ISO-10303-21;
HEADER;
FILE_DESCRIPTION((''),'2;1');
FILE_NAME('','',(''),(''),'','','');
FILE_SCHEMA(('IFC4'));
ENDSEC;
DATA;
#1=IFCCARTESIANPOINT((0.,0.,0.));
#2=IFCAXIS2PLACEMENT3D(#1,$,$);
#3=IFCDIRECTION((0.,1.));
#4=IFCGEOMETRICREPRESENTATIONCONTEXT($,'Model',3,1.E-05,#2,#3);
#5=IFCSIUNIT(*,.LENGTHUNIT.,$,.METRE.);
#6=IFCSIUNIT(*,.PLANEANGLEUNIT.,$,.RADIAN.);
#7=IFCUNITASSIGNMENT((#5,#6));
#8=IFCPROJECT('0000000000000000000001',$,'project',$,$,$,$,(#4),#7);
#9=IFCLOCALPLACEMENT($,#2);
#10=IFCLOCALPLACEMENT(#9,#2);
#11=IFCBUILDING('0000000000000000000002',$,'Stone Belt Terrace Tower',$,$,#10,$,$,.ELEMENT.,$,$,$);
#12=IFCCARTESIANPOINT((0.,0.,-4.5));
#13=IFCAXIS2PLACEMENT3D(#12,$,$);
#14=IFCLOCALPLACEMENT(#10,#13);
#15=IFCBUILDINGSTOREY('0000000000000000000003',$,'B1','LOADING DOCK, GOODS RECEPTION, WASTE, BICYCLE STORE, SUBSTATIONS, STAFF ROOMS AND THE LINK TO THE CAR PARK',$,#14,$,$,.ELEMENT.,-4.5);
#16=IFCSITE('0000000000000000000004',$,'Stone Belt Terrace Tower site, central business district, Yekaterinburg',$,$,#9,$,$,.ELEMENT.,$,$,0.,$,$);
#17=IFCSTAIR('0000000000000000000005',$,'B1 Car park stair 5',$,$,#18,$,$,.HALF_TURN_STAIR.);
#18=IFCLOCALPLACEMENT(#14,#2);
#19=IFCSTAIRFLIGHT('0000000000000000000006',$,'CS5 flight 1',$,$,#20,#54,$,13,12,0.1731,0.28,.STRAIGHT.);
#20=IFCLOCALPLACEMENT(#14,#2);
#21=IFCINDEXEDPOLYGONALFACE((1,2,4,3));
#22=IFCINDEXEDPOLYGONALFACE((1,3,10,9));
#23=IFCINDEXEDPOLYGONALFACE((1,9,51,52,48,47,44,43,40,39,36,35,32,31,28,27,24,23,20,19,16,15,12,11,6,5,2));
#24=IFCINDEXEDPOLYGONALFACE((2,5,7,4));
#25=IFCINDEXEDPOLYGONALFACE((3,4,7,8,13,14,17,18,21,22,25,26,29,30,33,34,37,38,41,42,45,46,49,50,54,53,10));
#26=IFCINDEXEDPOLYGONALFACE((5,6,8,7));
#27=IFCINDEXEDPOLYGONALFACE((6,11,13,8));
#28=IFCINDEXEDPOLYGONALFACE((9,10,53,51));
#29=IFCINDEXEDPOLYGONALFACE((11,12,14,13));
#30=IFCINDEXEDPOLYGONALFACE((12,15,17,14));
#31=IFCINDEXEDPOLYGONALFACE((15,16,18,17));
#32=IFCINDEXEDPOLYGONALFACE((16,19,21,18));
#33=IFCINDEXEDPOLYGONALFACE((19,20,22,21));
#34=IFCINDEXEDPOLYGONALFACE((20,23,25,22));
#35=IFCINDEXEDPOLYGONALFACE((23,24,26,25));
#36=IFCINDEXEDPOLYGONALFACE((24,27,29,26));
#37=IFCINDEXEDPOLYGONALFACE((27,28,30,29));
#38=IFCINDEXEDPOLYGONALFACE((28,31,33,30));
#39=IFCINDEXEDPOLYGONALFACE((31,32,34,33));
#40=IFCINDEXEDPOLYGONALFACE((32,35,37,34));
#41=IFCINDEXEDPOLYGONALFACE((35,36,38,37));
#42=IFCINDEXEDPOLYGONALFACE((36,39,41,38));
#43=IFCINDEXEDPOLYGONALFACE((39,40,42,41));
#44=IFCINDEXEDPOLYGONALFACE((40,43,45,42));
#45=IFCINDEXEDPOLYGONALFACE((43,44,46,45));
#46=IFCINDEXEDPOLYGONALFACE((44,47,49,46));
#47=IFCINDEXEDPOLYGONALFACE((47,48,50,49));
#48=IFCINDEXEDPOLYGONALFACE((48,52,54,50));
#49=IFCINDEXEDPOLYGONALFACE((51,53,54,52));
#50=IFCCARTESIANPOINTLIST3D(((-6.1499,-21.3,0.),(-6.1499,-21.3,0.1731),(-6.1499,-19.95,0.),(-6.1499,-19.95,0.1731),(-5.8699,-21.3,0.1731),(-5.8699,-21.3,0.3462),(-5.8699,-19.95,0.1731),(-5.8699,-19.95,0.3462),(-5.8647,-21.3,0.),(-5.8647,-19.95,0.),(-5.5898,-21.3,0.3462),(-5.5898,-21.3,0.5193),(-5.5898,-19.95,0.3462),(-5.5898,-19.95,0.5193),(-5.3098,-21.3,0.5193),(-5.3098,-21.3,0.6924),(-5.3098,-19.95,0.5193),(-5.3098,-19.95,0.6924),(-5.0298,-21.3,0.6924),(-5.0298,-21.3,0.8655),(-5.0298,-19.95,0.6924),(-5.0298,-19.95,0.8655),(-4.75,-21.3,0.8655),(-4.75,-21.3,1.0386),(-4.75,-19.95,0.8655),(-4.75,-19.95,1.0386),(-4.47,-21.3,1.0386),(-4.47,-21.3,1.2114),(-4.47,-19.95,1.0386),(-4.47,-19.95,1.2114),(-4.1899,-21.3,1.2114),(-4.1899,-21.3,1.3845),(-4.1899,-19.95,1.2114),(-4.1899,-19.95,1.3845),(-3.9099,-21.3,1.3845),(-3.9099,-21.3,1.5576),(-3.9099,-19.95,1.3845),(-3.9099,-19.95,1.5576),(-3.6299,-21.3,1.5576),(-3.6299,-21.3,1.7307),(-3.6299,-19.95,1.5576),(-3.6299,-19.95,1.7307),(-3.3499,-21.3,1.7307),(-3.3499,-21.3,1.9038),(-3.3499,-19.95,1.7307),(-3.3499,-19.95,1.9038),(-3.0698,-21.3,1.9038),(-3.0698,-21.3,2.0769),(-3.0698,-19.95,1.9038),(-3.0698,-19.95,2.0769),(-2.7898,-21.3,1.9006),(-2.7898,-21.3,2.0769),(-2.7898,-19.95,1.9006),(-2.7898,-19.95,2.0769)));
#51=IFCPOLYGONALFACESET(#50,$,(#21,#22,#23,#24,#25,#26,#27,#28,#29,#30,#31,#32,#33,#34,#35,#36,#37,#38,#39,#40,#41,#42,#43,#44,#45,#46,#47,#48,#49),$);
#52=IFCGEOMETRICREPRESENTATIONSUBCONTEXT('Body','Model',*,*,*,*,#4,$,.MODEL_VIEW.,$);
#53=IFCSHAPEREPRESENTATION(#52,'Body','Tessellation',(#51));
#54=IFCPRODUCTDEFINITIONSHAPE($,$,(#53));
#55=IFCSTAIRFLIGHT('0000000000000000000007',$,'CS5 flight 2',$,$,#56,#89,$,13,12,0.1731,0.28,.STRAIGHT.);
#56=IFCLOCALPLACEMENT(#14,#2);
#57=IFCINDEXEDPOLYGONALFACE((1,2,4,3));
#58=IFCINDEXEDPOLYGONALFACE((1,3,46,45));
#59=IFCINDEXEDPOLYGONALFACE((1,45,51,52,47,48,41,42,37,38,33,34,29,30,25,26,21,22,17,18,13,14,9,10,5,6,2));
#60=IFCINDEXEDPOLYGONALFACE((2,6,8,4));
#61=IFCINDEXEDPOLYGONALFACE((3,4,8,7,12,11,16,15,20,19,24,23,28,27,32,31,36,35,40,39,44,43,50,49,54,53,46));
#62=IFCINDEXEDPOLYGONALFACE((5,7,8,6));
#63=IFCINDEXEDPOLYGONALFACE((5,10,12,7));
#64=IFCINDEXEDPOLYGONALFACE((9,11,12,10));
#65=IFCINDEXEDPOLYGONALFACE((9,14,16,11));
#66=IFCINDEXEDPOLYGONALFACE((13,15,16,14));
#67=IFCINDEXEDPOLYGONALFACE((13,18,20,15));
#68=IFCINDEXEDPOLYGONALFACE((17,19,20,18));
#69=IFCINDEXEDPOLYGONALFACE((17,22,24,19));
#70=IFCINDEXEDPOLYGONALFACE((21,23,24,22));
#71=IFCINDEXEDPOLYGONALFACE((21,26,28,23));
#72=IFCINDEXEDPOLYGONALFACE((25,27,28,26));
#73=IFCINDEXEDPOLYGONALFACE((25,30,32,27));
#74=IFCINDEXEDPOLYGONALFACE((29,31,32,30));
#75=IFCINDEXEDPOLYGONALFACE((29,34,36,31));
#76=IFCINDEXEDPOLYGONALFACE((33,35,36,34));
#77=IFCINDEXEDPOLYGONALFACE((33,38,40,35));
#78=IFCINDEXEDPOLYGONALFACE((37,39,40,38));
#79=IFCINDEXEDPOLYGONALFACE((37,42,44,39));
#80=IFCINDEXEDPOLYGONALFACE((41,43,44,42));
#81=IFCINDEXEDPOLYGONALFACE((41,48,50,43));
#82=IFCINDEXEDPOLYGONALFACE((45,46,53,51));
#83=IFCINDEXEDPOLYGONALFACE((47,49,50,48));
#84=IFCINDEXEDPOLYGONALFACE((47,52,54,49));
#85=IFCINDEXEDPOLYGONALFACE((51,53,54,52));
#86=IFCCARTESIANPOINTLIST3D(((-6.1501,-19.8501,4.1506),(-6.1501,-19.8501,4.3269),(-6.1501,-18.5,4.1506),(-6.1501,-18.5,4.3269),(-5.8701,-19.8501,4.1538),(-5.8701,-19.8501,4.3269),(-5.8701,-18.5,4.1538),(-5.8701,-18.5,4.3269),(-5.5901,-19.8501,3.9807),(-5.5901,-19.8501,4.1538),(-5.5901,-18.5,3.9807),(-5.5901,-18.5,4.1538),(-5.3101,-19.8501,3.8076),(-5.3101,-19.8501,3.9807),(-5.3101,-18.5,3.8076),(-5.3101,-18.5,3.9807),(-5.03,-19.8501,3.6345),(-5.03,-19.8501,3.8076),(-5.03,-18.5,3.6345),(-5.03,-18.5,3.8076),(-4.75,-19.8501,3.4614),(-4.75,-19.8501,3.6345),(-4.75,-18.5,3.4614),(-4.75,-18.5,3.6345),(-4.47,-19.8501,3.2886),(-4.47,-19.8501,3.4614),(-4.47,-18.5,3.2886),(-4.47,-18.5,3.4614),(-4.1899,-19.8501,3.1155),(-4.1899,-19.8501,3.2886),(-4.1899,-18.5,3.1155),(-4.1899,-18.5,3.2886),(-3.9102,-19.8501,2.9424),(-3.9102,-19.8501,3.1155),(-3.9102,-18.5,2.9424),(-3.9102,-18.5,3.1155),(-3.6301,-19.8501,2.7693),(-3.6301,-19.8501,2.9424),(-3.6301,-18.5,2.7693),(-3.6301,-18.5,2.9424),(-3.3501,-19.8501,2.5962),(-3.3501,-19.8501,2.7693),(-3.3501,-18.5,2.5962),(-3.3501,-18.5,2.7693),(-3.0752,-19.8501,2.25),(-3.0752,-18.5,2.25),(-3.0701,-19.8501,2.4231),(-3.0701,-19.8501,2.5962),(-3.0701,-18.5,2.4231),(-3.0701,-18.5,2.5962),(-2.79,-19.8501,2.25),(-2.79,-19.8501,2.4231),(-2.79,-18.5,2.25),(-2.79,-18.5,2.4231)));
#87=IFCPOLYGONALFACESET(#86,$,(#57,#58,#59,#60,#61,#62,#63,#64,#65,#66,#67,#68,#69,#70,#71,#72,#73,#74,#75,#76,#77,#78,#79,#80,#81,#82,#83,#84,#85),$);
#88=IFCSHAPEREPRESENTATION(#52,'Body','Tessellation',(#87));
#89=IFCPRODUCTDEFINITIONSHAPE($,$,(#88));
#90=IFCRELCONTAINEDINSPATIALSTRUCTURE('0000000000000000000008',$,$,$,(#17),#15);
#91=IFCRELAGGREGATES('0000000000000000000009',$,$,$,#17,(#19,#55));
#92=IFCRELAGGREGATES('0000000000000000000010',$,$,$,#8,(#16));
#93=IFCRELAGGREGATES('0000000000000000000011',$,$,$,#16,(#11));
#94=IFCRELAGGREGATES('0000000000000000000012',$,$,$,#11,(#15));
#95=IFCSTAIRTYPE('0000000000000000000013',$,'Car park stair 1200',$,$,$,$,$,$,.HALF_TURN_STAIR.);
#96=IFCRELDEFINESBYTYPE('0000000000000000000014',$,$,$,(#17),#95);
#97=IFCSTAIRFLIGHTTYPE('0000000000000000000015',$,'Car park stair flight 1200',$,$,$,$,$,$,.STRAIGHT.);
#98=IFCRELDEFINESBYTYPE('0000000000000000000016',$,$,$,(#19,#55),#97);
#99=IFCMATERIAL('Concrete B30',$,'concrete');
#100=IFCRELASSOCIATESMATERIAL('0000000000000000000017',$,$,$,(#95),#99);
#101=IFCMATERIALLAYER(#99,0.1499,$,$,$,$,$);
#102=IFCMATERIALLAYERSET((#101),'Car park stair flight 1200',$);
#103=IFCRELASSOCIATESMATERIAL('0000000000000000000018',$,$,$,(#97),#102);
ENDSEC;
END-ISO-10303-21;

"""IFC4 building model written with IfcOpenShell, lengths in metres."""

from ifc_helpers import new_model, si_unit, direction, frame, origin, place, context, subcontext, project, spatial, polyline, outline, extrude, material, layer, layer_set, type_object, element, aggregate, save


model = new_model("IFC4")

# Units and contexts
model_context = context("Model", 3, precision=1e-05, world=origin(), true_north=direction((0.0, 1.0)))
body_context = subcontext(model_context, "Body", "Model", "MODEL_VIEW")
ifc_project = project(units=[si_unit("LENGTHUNIT", "METRE"), si_unit("PLANEANGLEUNIT", "RADIAN")], contexts=[model_context])

# Site, building, storey
site_placement = place(None, origin())
site = spatial("IfcSite", under=ifc_project, at=site_placement, Name="Stone Belt Terrace Tower site, central business district, Yekaterinburg", CompositionType="ELEMENT", RefElevation=0.0)
building_placement = place(site_placement, origin())
building = spatial("IfcBuilding", under=site, at=building_placement, Name="Stone Belt Terrace Tower", CompositionType="ELEMENT")
storey_placement = place(building_placement, frame((0.0, 0.0, -4.5)))
storey = spatial("IfcBuildingStorey", under=building, at=storey_placement, Name="B1", Description="LOADING DOCK, GOODS RECEPTION, WASTE, BICYCLE STORE, SUBSTATIONS, STAFF ROOMS AND THE LINK TO THE CAR PARK", CompositionType="ELEMENT", Elevation=-4.5)

# Shared definitions
ifc_material_1 = material(Name="Concrete B30", Category="concrete")

# Stair, stair flights
stair_type = type_object("IfcStairType", Name="Car park stair 1200", PredefinedType="HALF_TURN_STAIR", material=ifc_material_1)
stair_placement = place(storey_placement, origin())
stair = element("IfcStair", 1, at=stair_placement, inside=storey, type_object=stair_type, Name="B1 Car park stair 5", PredefinedType="HALF_TURN_STAIR")
ifc_layer_1 = layer(ifc_material_1, 0.1499)
ifc_layer_set_1 = layer_set([ifc_layer_1], Name="Car park stair flight 1200")
stair_flight_type = type_object("IfcStairFlightType", Name="Car park stair flight 1200", PredefinedType="STRAIGHT", material=ifc_layer_set_1)
stair_flight_1_placement = place(storey_placement, frame((-6.1499, -20.625, 0.0), z_axis=(0.0, 0.0, 1.0), x_axis=(1.0, 0.0, 0.0)))
stair_flight_1 = element("IfcStairFlight", 2, at=stair_flight_1_placement, type_object=stair_flight_type, Name="CS5 flight 1", NumberOfRisers=13, NumberOfTreads=12, PredefinedType="STRAIGHT", RiserHeight=0.1731, TreadLength=0.28, context=body_context, shape_type="SweptSolid", body=[
    extrude(outline(polyline([(0.0, 0.0), (0.0, 0.1731), (0.28, 0.1731), (0.28, 0.3462), (0.5601, 0.3462), (0.5601, 0.5193), (0.8401, 0.5193), (0.8401, 0.6924), (1.1201, 0.6924), (1.1201, 0.8655), (1.3999, 0.8655), (1.3999, 1.0386), (1.6799, 1.0386), (1.6799, 1.2114), (1.96, 1.2114), (1.96, 1.3845), (2.24, 1.3845), (2.24, 1.5576), (2.52, 1.5576), (2.52, 1.7307), (2.8, 1.7307), (2.8, 1.9038), (3.0801, 1.9038), (3.0801, 2.0769), (3.3601, 2.0769), (3.3601, 2.25), (3.3601, 1.9006), (0.2852, 0.0), (0.0, 0.0)])), frame((0.0, 0.675, 0.0), z_axis=(0.0, -1.0, 0.0), x_axis=(1.0, 0.0, 0.0)), (0.0, 0.0, 1.0), 1.3501),
])
stair_flight_2_placement = place(storey_placement, frame((-2.79, -19.175, 2.25), z_axis=(0.0, 0.0, 1.0), x_axis=(-1.0, 0.0, 0.0)))
stair_flight_2 = element("IfcStairFlight", 3, at=stair_flight_2_placement, type_object=stair_flight_type, Name="CS5 flight 2", NumberOfRisers=13, NumberOfTreads=12, PredefinedType="STRAIGHT", RiserHeight=0.1731, TreadLength=0.28, context=body_context, shape_type="SweptSolid", body=[
    extrude(outline(polyline([(0.0, 0.0), (0.0, 0.1731), (0.28, 0.1731), (0.28, 0.3462), (0.5601, 0.3462), (0.5601, 0.5193), (0.8401, 0.5193), (0.8401, 0.6924), (1.1201, 0.6924), (1.1201, 0.8655), (1.3999, 0.8655), (1.3999, 1.0386), (1.6799, 1.0386), (1.6799, 1.2114), (1.96, 1.2114), (1.96, 1.3845), (2.24, 1.3845), (2.24, 1.5576), (2.52, 1.5576), (2.52, 1.7307), (2.8, 1.7307), (2.8, 1.9038), (3.0801, 1.9038), (3.0801, 2.0769), (3.3601, 2.0769), (3.3601, 2.25), (3.3601, 1.9006), (0.2852, 0.0), (0.0, 0.0)])), frame((0.0, 0.675, 0.0), z_axis=(0.0, -1.0, 0.0), x_axis=(1.0, 0.0, 0.0)), (0.0, 0.0, 1.0), 1.3501),
])
aggregate(stair, [stair_flight_1, stair_flight_2])

save(model, "model.ifc")
